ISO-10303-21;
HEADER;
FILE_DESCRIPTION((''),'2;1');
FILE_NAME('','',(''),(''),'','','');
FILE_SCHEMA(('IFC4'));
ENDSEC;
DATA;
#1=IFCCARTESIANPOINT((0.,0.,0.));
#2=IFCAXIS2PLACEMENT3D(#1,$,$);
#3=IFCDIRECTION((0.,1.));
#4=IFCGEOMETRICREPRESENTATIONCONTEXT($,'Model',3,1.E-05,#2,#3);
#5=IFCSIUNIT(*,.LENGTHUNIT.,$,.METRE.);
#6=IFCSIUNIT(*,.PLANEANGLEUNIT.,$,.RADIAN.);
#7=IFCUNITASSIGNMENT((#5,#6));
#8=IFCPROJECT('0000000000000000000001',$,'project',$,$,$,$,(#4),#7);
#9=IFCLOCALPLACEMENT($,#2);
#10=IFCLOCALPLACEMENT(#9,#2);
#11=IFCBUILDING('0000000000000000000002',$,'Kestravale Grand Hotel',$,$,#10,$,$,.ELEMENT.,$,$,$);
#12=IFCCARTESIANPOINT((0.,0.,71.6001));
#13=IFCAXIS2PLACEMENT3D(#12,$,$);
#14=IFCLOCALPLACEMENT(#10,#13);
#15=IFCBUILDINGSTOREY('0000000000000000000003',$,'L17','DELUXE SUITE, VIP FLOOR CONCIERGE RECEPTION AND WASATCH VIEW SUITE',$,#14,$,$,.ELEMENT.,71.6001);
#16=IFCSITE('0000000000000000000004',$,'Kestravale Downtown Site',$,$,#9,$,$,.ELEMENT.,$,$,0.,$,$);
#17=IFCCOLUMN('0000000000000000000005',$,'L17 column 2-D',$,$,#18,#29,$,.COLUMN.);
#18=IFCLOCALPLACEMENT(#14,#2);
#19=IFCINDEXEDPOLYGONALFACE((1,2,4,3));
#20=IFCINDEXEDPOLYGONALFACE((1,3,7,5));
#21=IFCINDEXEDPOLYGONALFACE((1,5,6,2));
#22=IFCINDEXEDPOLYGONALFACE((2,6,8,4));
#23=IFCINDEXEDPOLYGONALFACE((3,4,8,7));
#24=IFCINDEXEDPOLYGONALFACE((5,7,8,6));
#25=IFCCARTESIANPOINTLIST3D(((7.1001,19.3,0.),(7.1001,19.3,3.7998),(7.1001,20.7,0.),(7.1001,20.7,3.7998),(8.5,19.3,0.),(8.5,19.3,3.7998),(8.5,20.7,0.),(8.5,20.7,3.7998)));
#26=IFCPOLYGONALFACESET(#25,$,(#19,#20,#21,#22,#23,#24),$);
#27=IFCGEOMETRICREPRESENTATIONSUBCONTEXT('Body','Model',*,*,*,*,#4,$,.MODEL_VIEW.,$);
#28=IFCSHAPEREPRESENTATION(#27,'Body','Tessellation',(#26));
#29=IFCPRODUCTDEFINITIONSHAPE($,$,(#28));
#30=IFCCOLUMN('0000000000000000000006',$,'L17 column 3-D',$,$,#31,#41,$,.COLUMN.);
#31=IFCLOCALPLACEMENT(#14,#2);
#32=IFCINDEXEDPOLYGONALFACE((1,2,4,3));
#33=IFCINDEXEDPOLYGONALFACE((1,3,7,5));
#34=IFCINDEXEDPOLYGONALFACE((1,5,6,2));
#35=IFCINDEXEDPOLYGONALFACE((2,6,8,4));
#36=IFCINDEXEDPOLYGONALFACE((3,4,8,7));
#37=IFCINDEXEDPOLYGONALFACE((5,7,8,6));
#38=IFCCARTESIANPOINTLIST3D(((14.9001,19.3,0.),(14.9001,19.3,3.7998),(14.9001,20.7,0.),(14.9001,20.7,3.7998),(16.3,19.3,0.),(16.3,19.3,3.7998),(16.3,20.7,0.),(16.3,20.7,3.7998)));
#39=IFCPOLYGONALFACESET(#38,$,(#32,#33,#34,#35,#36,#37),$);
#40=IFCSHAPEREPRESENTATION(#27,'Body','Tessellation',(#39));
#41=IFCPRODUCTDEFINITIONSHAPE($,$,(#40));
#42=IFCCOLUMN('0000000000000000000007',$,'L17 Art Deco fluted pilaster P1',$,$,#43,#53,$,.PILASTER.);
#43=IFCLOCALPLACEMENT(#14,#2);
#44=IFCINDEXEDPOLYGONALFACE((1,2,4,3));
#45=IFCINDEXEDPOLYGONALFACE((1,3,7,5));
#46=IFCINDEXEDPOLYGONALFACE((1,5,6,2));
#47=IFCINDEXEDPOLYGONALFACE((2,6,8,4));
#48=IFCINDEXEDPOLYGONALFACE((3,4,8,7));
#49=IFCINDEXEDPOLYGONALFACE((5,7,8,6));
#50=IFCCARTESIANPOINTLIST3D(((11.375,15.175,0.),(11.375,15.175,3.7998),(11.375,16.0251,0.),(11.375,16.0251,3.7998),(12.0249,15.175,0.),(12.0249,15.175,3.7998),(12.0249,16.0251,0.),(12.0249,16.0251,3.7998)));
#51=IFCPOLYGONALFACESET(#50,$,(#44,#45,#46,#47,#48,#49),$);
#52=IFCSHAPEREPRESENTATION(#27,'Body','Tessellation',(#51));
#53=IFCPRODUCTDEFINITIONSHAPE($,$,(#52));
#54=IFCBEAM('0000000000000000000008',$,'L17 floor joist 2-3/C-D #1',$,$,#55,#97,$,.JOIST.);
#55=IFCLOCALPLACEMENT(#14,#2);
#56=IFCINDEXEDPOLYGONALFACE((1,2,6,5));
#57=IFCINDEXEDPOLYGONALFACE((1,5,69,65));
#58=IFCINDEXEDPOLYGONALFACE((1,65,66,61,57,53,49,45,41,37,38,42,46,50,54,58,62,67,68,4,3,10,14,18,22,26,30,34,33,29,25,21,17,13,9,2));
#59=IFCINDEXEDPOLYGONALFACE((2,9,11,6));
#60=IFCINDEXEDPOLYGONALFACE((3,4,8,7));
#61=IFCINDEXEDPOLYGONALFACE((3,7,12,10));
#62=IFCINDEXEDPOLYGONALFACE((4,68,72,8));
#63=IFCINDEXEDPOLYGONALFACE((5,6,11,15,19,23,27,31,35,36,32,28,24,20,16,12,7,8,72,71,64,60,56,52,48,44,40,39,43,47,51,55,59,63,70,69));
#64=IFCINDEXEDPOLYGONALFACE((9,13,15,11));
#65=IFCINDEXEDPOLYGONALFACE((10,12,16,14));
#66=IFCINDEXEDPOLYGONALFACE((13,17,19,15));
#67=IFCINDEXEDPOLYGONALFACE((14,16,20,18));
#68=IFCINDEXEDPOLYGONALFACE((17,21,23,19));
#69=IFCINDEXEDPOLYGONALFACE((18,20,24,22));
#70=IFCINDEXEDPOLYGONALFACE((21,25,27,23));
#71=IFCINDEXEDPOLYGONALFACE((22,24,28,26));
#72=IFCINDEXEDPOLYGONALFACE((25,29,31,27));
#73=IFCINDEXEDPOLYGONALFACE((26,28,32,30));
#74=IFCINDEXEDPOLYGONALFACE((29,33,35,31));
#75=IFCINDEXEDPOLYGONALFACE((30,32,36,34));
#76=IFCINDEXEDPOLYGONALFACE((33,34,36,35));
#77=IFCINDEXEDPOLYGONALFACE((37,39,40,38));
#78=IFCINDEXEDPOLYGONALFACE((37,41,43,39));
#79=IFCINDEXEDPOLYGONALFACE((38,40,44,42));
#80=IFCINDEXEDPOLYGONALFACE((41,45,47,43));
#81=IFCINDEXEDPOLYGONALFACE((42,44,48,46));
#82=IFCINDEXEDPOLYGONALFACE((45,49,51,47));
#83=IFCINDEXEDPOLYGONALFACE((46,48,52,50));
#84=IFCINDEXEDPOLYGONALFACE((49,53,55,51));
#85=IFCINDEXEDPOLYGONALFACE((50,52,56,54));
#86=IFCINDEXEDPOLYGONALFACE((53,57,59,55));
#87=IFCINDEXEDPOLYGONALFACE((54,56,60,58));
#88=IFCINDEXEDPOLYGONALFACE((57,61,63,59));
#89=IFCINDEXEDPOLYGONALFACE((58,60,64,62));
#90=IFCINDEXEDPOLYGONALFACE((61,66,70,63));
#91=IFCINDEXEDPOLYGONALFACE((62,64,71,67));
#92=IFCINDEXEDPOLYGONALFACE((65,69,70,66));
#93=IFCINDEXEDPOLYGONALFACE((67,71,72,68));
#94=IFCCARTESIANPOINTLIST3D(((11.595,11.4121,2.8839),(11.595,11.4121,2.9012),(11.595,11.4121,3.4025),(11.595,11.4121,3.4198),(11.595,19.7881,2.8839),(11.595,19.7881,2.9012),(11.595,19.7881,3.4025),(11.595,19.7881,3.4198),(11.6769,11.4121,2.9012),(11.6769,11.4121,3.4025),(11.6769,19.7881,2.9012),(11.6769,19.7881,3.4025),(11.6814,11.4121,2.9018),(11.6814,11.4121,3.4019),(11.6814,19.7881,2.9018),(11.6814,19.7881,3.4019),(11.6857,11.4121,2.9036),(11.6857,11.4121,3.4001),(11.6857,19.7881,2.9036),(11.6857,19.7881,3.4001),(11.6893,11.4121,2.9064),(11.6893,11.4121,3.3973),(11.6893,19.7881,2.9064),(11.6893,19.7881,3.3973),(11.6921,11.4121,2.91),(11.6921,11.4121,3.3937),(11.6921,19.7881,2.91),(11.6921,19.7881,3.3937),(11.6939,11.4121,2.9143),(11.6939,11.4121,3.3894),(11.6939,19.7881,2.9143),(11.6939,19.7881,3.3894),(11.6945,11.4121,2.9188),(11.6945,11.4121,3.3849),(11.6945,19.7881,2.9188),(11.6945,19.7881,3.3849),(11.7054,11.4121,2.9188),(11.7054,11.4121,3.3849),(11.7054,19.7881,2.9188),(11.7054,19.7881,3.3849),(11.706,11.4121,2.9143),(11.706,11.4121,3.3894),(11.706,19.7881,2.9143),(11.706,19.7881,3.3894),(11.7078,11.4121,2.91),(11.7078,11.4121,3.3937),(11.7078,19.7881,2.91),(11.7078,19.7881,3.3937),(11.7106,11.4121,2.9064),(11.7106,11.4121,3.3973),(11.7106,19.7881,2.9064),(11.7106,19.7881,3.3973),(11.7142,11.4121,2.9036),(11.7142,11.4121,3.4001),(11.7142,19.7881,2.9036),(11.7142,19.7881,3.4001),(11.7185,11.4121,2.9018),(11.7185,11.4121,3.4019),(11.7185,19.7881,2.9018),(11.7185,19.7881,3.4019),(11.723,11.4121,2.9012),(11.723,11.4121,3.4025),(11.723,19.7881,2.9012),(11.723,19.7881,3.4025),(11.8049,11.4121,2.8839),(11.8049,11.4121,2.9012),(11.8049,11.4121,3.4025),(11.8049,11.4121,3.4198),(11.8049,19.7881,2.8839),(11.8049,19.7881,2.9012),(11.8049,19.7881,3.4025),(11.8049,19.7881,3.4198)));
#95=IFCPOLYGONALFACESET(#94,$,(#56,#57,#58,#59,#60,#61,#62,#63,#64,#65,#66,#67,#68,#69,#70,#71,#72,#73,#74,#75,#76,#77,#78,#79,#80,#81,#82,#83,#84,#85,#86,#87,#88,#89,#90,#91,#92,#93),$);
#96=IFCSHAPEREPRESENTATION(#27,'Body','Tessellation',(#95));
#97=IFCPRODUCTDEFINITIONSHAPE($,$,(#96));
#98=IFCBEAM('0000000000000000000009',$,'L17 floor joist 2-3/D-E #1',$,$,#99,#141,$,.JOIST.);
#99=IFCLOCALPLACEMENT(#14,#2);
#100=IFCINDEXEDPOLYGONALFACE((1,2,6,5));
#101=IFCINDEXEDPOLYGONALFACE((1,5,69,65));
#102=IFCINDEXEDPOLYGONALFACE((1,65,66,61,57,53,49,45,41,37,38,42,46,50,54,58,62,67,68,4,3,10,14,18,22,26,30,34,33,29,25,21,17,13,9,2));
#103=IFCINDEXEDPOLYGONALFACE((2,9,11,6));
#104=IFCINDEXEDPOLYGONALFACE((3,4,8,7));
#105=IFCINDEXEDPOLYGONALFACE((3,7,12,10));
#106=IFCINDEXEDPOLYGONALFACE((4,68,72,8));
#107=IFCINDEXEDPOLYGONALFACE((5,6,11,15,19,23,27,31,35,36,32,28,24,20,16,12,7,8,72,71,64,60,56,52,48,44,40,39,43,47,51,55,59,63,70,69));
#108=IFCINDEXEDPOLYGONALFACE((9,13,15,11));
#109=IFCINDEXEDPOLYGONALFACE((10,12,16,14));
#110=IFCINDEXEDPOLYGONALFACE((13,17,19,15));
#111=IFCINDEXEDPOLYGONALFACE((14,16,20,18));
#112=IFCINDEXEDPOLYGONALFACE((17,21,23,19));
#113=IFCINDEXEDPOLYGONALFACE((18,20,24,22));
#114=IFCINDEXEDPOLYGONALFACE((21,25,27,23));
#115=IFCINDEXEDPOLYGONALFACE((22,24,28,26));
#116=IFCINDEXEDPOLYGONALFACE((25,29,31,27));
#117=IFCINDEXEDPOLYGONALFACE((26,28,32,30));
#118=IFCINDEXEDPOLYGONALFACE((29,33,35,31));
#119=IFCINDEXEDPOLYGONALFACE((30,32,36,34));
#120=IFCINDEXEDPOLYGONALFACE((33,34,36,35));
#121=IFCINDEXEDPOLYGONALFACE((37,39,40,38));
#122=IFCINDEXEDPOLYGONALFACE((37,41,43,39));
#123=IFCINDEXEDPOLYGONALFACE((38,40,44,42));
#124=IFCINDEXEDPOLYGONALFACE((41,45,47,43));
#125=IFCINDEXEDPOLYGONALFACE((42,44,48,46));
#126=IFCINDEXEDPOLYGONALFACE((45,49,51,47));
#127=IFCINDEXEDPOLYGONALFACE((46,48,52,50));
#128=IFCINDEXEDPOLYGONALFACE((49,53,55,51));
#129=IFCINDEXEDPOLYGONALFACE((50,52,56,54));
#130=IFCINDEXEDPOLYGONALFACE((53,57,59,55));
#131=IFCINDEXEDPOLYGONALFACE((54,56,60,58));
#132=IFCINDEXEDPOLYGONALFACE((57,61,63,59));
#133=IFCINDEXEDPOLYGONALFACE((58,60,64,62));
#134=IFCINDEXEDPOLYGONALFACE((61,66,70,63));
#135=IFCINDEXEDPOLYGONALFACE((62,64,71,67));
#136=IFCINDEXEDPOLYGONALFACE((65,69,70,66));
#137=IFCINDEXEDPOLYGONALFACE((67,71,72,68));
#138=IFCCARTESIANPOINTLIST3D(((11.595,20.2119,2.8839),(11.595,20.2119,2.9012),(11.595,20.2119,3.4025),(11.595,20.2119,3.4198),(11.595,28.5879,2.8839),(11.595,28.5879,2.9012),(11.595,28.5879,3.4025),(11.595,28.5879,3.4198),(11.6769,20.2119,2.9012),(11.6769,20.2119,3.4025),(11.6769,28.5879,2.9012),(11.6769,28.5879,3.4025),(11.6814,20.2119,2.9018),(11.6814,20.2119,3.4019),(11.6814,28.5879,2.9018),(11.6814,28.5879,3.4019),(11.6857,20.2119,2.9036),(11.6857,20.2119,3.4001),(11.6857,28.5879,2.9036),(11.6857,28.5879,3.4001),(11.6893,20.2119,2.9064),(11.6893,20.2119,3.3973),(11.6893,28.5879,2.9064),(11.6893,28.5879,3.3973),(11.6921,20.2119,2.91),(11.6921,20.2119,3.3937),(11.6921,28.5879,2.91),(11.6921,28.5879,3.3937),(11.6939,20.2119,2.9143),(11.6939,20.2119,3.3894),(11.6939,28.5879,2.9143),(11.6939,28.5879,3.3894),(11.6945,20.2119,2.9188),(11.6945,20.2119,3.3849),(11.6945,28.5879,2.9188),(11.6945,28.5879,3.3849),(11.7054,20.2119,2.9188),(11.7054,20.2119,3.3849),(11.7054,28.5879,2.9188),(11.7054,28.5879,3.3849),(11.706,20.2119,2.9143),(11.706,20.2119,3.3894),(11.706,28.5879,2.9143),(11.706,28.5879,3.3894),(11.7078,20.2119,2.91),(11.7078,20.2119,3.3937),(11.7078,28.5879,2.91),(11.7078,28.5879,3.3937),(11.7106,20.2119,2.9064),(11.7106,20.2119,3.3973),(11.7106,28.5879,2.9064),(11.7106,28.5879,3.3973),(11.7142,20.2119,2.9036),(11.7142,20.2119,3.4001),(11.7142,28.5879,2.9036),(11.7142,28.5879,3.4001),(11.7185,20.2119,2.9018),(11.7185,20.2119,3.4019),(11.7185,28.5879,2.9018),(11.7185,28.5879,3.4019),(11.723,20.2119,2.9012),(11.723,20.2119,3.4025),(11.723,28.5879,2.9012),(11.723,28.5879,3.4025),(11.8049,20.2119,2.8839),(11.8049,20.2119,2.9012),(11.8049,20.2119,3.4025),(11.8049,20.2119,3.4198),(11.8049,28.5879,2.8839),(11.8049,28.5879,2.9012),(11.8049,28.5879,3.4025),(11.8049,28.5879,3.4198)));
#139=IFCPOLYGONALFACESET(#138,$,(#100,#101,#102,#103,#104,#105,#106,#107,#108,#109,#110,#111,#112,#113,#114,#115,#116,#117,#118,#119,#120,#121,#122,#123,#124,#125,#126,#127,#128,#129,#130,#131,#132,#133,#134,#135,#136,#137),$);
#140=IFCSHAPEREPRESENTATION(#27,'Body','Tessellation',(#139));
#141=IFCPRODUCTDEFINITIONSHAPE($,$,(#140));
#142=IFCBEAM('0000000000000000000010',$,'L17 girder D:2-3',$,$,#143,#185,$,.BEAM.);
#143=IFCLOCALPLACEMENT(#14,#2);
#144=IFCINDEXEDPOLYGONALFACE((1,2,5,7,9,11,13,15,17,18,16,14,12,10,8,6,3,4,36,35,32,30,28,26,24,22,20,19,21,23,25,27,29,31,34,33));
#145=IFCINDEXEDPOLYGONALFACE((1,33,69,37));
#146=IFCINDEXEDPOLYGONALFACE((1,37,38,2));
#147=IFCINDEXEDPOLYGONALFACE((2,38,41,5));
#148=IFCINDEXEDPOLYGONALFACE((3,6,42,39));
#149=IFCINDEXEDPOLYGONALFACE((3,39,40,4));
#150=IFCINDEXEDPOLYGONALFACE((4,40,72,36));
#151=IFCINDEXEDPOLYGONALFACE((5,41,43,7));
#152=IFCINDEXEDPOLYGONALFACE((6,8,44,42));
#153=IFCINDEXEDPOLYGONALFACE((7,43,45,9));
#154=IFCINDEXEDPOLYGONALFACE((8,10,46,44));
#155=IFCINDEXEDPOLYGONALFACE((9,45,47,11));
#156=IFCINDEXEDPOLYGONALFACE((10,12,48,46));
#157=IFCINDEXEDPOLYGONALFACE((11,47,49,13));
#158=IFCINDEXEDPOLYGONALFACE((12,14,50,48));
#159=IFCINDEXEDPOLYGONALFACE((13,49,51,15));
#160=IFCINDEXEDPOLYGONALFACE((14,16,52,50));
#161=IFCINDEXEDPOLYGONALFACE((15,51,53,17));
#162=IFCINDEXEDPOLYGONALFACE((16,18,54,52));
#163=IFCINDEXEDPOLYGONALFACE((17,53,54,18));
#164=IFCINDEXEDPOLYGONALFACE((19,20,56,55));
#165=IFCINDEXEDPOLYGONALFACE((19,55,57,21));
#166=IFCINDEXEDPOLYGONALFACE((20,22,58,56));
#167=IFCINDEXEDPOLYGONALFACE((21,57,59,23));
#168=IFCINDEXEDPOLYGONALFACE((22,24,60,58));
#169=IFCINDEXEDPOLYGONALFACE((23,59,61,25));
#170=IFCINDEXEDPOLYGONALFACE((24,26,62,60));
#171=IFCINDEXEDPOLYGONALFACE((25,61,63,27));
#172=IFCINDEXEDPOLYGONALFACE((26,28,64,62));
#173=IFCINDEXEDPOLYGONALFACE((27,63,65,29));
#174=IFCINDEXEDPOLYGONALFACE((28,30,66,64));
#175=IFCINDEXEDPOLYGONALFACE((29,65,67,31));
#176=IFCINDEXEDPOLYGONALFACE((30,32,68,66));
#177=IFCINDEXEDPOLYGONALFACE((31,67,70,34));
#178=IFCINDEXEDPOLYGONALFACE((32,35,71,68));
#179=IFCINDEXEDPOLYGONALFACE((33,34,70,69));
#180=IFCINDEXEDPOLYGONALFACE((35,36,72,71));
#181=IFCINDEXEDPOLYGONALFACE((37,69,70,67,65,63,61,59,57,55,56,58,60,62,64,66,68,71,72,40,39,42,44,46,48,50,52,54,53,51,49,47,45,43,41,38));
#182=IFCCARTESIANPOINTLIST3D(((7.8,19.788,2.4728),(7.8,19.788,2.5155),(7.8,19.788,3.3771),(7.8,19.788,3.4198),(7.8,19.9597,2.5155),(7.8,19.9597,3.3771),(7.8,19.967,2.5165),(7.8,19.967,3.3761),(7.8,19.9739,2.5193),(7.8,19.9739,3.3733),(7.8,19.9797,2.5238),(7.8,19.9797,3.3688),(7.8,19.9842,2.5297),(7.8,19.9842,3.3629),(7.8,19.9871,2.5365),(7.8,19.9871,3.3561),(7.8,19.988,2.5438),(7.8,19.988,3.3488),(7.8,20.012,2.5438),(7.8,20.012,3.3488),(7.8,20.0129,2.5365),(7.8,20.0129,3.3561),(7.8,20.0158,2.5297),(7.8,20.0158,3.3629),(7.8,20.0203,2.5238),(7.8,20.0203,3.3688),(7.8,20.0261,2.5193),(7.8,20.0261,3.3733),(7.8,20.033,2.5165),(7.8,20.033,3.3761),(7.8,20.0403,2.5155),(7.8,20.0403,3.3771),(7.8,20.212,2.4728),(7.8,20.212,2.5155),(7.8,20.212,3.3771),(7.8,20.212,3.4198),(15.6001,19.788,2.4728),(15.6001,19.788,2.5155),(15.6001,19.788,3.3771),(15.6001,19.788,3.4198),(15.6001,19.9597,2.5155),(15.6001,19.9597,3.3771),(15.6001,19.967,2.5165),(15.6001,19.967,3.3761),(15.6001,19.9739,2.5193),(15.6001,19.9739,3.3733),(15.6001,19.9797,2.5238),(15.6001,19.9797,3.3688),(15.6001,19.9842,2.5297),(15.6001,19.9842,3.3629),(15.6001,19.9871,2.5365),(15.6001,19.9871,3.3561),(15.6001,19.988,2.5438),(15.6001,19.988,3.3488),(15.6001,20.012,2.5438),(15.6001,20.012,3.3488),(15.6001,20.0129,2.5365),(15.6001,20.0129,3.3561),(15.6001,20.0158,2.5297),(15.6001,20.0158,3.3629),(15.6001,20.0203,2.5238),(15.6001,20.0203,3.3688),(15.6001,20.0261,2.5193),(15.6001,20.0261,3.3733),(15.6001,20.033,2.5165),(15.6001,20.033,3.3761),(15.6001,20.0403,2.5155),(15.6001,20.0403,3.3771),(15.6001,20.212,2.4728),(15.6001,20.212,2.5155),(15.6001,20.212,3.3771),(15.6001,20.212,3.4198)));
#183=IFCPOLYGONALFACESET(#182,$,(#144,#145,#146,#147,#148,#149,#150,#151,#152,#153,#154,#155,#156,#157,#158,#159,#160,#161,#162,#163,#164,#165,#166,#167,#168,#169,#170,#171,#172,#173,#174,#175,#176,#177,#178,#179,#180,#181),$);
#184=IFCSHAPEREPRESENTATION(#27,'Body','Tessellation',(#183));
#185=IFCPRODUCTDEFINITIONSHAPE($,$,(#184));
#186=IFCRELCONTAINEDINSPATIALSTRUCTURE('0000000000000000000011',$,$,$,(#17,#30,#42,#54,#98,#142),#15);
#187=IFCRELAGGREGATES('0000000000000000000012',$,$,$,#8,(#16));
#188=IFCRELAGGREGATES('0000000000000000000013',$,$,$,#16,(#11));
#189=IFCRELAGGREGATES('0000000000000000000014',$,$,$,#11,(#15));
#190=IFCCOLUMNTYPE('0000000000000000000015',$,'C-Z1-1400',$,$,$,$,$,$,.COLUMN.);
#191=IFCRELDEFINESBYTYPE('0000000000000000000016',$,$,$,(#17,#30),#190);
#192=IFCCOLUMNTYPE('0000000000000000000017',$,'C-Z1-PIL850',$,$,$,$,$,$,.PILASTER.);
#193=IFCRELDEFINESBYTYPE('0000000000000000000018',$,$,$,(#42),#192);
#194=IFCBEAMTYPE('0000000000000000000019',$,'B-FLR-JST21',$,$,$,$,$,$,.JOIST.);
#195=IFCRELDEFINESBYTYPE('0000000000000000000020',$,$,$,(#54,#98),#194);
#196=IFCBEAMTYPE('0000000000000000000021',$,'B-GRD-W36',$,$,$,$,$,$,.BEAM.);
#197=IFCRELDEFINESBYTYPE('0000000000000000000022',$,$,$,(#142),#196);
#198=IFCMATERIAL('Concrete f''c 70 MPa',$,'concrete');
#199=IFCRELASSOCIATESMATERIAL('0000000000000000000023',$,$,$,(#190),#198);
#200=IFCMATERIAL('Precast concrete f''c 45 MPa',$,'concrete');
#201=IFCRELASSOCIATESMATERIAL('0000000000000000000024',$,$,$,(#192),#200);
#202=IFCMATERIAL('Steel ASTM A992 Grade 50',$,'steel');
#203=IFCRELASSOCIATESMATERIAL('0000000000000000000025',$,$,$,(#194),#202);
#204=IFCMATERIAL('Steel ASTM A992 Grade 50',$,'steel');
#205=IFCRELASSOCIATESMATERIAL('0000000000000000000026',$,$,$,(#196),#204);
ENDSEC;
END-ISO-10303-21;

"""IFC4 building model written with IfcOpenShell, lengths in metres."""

from ifc_helpers import new_model, si_unit, direction, frame, origin, origin_2d, place, context, subcontext, project, spatial, rectangle, i_section, extrude, material, material_profile, profile_set, type_object, element, save


model = new_model("IFC4")

# Units and contexts
model_context = context("Model", 3, precision=1e-05, world=origin(), true_north=direction((0.0, 1.0)))
body_context = subcontext(model_context, "Body", "Model", "MODEL_VIEW")
ifc_project = project(units=[si_unit("LENGTHUNIT", "METRE"), si_unit("PLANEANGLEUNIT", "RADIAN")], contexts=[model_context])

# Site, building, storey
site_placement = place(None, origin())
site = spatial("IfcSite", under=ifc_project, at=site_placement, Name="Kestravale Downtown Site", CompositionType="ELEMENT", RefElevation=0.0)
building_placement = place(site_placement, origin())
building = spatial("IfcBuilding", under=site, at=building_placement, Name="Kestravale Grand Hotel", CompositionType="ELEMENT")
storey_placement = place(building_placement, frame((0.0, 0.0, 71.6001)))
storey = spatial("IfcBuildingStorey", under=building, at=storey_placement, Name="L17", Description="DELUXE SUITE, VIP FLOOR CONCIERGE RECEPTION AND WASATCH VIEW SUITE", CompositionType="ELEMENT", Elevation=71.6001)

# Columns
ifc_material_1 = material(Name="Concrete f'c 70 MPa", Category="concrete")
ifc_material_profile_1 = material_profile(ifc_material_1, rectangle(XDim=1.3999, YDim=1.3999, at=origin_2d()))
ifc_profile_set_1 = profile_set([ifc_material_profile_1], Name="Concrete f'c 70 MPa")
column_type_1 = type_object("IfcColumnType", Name="C-Z1-1400", PredefinedType="COLUMN", material=ifc_profile_set_1)
for number, where, z_axis, x_axis, name in (
    (1, (7.8, 20.0, 0.0), (0.0, 0.0, 1.0), (1.0, 0.0, 0.0), "L17 column 2-D"),
    (2, (15.6001, 20.0, 0.0), (0.0, 0.0, 1.0), (1.0, 0.0, 0.0), "L17 column 3-D"),
):
    element("IfcColumn", number, at=place(storey_placement, frame(where, z_axis=z_axis, x_axis=x_axis)), inside=storey, type_object=column_type_1, Name=name, PredefinedType="COLUMN", context=body_context, shape_type="SweptSolid", body=[
        extrude(rectangle(XDim=1.3999, YDim=1.3999, at=origin_2d()), origin(), (0.0, 0.0, 1.0), 3.7998),
    ])
ifc_material_2 = material(Name="Precast concrete f'c 45 MPa", Category="concrete")
ifc_material_profile_2 = material_profile(ifc_material_2, rectangle(XDim=0.6499, YDim=0.8501, at=origin_2d()))
ifc_profile_set_2 = profile_set([ifc_material_profile_2], Name="Precast concrete f'c 45 MPa")
column_type_2 = type_object("IfcColumnType", Name="C-Z1-PIL850", PredefinedType="PILASTER", material=ifc_profile_set_2)
column_placement = place(storey_placement, frame((11.7, 15.6001, 0.0), z_axis=(0.0, 0.0, 1.0), x_axis=(1.0, 0.0, 0.0)))
element("IfcColumn", 3, at=column_placement, inside=storey, type_object=column_type_2, Name="L17 Art Deco fluted pilaster P1", PredefinedType="PILASTER", context=body_context, shape_type="SweptSolid", body=[
    extrude(rectangle(XDim=0.6499, YDim=0.8501, at=origin_2d()), origin(), (0.0, 0.0, 1.0), 3.7998),
])

# Beams
ifc_material_3 = material(Name="Steel ASTM A992 Grade 50", Category="steel")
ifc_material_profile_3 = material_profile(ifc_material_3, i_section(OverallWidth=0.21, OverallDepth=0.5359, WebThickness=0.011, FlangeThickness=0.0173, FilletRadius=0.0176, at=origin_2d()))
ifc_profile_set_3 = profile_set([ifc_material_profile_3], Name="Steel ASTM A992 Grade 50")
beam_type_1 = type_object("IfcBeamType", Name="B-FLR-JST21", PredefinedType="JOIST", material=ifc_profile_set_3)
for number, where, z_axis, x_axis, name in (
    (4, (11.7, 11.4121, 3.1519), (0.0, 1.0, 0.0), (-1.0, 0.0, 0.0), "L17 floor joist 2-3/C-D #1"),
    (5, (11.7, 20.2119, 3.1519), (0.0, 1.0, 0.0), (-1.0, 0.0, 0.0), "L17 floor joist 2-3/D-E #1"),
):
    element("IfcBeam", number, at=place(storey_placement, frame(where, z_axis=z_axis, x_axis=x_axis)), inside=storey, type_object=beam_type_1, Name=name, PredefinedType="JOIST", context=body_context, shape_type="SweptSolid", body=[
        extrude(i_section(OverallWidth=0.21, OverallDepth=0.5359, WebThickness=0.011, FlangeThickness=0.0173, FilletRadius=0.0176, at=origin_2d()), origin(), (0.0, 0.0, 1.0), 8.376),
    ])
ifc_material_4 = material(Name="Steel ASTM A992 Grade 50", Category="steel")
ifc_material_profile_4 = material_profile(ifc_material_4, i_section(OverallWidth=0.4241, OverallDepth=0.947, WebThickness=0.0239, FlangeThickness=0.0427, FilletRadius=0.0283, at=origin_2d()))
ifc_profile_set_4 = profile_set([ifc_material_profile_4], Name="Steel ASTM A992 Grade 50")
beam_type_2 = type_object("IfcBeamType", Name="B-GRD-W36", PredefinedType="BEAM", material=ifc_profile_set_4)
beam_1_placement = place(storey_placement, frame((7.8, 20.0, 2.9463), z_axis=(1.0, 0.0, 0.0), x_axis=(0.0, 1.0, 0.0)))
element("IfcBeam", 6, at=beam_1_placement, inside=storey, type_object=beam_type_2, Name="L17 girder D:2-3", PredefinedType="BEAM", context=body_context, shape_type="SweptSolid", body=[
    extrude(i_section(OverallWidth=0.4241, OverallDepth=0.947, WebThickness=0.0239, FlangeThickness=0.0427, FilletRadius=0.0283, at=origin_2d()), origin(), (0.0, 0.0, 1.0), 7.8),
])

save(model, "model.ifc")
